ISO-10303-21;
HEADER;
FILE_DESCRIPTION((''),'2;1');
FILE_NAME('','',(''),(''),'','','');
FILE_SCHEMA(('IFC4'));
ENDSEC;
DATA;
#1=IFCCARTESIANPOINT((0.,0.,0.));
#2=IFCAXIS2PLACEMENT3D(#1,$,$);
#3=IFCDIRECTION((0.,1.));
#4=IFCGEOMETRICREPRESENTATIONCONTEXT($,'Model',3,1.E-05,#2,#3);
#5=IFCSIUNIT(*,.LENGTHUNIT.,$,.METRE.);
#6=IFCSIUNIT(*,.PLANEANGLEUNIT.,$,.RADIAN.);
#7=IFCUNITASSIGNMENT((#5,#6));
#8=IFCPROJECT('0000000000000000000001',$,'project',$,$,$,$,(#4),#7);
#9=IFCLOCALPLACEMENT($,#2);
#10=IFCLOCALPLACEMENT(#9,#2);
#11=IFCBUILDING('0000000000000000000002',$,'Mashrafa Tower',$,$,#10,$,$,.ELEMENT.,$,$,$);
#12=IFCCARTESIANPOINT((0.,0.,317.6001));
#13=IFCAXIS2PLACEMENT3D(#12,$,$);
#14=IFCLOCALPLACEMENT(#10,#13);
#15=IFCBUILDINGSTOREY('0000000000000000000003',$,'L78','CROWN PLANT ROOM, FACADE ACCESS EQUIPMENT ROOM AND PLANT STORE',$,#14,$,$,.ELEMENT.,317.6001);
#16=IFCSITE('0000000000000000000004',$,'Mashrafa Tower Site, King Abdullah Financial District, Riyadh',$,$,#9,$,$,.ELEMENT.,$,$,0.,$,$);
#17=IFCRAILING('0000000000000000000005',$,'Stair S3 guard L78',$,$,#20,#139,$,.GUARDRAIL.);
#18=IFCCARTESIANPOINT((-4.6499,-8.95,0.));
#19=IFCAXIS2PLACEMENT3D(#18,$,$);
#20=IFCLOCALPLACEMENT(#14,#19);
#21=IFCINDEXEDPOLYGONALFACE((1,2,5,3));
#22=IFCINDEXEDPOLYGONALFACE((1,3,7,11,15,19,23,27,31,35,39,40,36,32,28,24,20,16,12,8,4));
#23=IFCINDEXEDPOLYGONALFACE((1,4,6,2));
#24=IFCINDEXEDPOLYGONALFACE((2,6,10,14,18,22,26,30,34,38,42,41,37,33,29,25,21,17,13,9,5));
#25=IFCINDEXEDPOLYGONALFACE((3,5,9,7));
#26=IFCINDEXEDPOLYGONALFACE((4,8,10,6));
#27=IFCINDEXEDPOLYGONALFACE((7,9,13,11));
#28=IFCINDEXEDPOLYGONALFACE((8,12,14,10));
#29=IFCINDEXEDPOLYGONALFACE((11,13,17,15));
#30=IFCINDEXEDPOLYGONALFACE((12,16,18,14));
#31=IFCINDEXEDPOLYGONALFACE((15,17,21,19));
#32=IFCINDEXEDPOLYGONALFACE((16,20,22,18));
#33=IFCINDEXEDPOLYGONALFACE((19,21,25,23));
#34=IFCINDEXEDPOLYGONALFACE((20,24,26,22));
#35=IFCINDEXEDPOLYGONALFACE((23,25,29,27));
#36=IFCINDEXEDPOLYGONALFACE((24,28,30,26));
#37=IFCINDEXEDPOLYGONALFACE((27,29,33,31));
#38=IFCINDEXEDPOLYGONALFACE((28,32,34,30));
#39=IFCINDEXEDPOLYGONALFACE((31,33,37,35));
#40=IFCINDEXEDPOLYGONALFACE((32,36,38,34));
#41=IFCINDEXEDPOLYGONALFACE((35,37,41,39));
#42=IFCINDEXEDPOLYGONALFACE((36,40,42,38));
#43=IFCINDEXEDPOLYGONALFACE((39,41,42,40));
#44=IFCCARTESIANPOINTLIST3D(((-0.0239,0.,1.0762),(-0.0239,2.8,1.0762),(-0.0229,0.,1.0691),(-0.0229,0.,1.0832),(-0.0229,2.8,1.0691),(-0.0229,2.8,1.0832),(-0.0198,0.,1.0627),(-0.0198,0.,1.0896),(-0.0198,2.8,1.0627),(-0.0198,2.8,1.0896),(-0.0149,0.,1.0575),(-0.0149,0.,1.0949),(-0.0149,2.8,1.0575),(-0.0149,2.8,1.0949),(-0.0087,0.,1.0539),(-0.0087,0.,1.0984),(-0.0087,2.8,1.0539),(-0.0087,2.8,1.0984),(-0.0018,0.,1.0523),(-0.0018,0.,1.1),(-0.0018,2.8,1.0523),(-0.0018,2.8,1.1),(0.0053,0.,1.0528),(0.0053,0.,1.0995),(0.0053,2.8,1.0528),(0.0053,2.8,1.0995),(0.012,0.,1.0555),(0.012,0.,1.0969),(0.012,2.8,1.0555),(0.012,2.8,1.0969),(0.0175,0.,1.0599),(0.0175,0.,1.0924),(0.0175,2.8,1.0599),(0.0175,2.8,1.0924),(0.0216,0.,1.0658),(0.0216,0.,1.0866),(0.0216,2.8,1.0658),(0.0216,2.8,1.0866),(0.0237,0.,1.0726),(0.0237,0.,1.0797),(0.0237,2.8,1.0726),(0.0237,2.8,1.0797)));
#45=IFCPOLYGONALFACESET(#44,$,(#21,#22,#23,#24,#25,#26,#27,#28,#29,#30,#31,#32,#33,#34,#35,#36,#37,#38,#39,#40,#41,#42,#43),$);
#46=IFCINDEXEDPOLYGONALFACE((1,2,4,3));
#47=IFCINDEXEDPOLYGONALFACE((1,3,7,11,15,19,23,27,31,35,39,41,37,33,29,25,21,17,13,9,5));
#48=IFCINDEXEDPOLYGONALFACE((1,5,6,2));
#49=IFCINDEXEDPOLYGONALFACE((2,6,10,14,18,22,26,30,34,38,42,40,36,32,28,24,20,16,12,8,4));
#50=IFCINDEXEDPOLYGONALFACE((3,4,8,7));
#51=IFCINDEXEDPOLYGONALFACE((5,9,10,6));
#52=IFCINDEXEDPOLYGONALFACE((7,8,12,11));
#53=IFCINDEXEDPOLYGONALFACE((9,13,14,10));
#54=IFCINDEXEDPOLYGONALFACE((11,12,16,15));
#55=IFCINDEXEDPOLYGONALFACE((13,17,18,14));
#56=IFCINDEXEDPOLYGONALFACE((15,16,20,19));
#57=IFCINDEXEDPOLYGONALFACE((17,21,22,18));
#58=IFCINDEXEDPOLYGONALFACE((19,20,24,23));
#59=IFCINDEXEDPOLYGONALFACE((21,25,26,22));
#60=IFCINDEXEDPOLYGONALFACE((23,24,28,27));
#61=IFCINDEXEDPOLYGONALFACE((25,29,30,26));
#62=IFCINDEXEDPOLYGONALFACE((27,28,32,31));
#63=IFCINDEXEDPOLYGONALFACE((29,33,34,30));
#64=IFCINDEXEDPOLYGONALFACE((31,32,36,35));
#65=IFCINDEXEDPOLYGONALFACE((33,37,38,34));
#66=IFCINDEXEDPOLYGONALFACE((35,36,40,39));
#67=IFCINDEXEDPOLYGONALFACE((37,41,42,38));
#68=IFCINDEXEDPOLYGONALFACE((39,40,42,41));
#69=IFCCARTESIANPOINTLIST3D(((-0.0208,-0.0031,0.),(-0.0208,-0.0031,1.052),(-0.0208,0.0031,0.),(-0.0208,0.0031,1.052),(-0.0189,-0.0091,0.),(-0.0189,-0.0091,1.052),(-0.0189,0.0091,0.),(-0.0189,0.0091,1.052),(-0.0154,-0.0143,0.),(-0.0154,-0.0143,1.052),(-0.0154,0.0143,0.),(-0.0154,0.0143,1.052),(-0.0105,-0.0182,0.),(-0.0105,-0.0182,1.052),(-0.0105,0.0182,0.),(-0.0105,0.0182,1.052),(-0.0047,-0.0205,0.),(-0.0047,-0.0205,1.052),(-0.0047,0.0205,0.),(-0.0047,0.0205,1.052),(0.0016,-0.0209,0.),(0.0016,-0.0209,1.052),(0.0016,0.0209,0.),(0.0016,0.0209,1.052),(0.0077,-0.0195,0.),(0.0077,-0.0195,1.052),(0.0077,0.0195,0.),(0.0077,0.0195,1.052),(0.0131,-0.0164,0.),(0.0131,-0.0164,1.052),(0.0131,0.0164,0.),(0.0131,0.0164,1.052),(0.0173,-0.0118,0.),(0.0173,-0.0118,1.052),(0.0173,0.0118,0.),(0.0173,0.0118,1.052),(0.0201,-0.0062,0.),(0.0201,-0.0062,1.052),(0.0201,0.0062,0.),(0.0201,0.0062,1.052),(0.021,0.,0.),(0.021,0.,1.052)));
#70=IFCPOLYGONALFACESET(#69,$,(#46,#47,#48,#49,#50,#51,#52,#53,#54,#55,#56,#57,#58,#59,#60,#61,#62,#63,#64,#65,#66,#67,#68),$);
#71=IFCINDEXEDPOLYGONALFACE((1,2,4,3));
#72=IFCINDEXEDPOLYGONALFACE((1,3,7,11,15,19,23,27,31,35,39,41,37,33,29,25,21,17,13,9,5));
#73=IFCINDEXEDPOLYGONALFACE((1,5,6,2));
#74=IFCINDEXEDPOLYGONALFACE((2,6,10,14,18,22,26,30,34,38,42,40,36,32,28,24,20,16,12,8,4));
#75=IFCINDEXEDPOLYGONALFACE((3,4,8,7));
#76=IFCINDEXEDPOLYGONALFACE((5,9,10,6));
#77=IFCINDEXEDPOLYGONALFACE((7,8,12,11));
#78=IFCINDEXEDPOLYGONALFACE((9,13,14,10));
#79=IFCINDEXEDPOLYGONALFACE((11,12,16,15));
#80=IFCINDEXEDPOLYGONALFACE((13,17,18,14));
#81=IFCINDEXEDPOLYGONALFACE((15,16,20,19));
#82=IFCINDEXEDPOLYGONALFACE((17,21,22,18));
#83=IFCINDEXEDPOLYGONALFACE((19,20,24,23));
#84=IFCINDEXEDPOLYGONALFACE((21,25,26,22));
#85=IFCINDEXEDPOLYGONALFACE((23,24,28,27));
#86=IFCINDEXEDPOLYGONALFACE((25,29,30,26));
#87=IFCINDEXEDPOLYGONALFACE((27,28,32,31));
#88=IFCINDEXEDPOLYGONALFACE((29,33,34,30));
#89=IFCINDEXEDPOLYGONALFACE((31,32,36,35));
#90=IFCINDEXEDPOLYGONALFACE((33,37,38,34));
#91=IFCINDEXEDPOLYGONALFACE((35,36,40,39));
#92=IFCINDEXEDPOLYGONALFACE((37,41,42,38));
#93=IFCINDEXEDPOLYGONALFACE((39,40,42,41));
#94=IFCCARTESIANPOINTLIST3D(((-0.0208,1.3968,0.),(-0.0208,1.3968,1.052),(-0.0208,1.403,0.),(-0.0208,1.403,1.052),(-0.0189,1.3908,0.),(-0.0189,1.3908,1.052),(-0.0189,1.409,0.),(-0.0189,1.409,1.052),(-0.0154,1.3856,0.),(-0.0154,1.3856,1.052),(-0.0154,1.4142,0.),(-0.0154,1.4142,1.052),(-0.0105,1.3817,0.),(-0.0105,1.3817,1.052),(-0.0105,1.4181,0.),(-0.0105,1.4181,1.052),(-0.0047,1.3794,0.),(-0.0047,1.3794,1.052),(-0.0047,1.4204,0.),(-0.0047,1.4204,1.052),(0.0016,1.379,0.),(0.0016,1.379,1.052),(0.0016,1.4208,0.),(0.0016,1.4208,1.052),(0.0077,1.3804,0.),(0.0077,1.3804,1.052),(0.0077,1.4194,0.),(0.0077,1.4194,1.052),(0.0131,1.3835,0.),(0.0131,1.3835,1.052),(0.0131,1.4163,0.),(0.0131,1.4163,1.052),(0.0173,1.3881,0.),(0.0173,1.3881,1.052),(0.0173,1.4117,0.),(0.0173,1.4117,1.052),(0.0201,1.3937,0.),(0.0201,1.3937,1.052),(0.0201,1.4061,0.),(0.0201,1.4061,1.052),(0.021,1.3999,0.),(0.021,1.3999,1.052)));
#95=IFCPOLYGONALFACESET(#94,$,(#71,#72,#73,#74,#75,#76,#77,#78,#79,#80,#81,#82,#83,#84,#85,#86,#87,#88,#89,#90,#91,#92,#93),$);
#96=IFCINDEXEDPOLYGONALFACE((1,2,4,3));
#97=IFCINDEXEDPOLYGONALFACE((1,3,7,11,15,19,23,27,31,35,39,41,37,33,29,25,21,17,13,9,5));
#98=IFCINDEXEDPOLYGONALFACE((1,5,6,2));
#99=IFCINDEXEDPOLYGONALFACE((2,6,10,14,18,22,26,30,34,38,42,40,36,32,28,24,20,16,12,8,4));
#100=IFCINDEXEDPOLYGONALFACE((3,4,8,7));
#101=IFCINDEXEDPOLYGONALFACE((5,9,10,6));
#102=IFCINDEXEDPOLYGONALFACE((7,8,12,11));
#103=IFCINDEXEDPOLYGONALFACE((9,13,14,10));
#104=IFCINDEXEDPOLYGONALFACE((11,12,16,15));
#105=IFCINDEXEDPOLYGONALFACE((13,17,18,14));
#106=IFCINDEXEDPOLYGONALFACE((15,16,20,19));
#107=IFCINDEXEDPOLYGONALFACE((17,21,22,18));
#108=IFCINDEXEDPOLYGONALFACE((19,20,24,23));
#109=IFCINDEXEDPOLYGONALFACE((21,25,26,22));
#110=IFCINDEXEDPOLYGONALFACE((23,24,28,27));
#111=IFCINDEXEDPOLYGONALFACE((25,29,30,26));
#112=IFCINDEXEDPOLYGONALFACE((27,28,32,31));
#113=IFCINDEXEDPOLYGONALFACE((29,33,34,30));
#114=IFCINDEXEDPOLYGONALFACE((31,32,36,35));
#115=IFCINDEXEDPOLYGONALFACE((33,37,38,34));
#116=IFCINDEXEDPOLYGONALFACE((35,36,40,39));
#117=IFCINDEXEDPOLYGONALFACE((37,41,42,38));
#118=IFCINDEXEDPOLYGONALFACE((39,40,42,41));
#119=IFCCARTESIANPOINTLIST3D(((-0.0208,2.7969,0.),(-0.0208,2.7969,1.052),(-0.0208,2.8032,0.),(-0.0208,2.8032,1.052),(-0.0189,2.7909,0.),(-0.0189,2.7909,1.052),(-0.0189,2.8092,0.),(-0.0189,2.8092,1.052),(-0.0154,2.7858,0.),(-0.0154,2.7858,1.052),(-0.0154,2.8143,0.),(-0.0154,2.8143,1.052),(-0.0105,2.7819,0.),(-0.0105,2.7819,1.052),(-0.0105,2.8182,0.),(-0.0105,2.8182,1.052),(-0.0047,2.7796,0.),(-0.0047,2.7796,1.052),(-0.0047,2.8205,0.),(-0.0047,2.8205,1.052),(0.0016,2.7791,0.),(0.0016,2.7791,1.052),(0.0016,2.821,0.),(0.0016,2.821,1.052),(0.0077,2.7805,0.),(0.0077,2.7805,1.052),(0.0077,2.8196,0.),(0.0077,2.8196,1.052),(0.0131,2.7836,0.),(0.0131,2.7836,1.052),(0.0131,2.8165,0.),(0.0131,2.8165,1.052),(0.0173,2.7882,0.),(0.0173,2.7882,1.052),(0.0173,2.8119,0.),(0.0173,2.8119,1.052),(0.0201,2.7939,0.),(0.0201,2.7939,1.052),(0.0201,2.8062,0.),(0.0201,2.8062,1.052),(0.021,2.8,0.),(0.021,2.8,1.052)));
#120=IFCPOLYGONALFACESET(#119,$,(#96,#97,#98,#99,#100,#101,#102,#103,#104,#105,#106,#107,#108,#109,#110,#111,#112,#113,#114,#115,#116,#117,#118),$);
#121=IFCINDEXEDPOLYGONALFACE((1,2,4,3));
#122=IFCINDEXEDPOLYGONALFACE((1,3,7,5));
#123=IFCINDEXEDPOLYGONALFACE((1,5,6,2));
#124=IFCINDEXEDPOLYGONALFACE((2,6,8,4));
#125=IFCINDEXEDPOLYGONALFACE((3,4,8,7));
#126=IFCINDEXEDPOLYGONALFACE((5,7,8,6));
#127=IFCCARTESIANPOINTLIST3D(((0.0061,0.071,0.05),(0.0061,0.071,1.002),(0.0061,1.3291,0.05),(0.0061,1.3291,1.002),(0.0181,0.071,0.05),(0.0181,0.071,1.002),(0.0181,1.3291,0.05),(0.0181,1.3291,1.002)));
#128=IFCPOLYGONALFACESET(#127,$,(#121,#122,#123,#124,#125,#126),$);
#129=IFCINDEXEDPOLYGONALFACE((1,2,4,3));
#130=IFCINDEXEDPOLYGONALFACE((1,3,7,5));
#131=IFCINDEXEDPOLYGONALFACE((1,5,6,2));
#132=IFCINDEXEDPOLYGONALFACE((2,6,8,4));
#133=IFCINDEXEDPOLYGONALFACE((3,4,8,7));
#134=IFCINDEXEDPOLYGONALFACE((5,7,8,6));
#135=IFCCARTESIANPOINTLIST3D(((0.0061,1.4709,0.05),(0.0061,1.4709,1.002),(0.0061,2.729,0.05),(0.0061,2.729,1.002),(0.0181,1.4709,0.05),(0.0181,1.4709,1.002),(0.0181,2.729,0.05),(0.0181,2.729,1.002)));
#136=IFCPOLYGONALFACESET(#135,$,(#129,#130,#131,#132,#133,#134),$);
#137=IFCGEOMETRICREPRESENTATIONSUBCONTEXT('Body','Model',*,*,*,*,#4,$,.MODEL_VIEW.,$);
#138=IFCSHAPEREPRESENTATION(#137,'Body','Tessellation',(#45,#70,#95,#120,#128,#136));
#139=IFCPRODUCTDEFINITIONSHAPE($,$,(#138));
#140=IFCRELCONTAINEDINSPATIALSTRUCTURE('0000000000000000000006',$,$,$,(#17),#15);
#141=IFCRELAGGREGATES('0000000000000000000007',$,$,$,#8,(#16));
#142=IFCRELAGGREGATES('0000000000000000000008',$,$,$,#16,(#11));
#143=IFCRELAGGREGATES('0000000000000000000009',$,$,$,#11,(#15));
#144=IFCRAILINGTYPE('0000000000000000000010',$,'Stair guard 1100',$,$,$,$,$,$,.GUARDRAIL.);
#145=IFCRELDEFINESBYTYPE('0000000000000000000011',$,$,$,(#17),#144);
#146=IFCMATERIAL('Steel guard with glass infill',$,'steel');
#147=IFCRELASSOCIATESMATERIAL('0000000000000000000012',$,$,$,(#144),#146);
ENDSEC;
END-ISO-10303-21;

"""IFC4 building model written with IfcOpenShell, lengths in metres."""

from ifc_helpers import new_model, si_unit, direction, frame, origin, origin_2d, place, context, subcontext, project, spatial, polyline, circle, outline, extrude, material, type_object, element, save


model = new_model("IFC4")

# Units and contexts
model_context = context("Model", 3, precision=1e-05, world=origin(), true_north=direction((0.0, 1.0)))
body_context = subcontext(model_context, "Body", "Model", "MODEL_VIEW")
ifc_project = project(units=[si_unit("LENGTHUNIT", "METRE"), si_unit("PLANEANGLEUNIT", "RADIAN")], contexts=[model_context])

# Site, building, storey
site_placement = place(None, origin())
site = spatial("IfcSite", under=ifc_project, at=site_placement, Name="Mashrafa Tower Site, King Abdullah Financial District, Riyadh", CompositionType="ELEMENT", RefElevation=0.0)
building_placement = place(site_placement, origin())
building = spatial("IfcBuilding", under=site, at=building_placement, Name="Mashrafa Tower", CompositionType="ELEMENT")
storey_placement = place(building_placement, frame((0.0, 0.0, 317.6001)))
storey = spatial("IfcBuildingStorey", under=building, at=storey_placement, Name="L78", Description="CROWN PLANT ROOM, FACADE ACCESS EQUIPMENT ROOM AND PLANT STORE", CompositionType="ELEMENT", Elevation=317.6001)

# Railing
ifc_material_1 = material(Name="Steel guard with glass infill", Category="steel")
railing_type = type_object("IfcRailingType", Name="Stair guard 1100", PredefinedType="GUARDRAIL", material=ifc_material_1)
railing_placement = place(storey_placement, frame((-4.6499, -8.95, 0.0)))
element("IfcRailing", 1, at=railing_placement, inside=storey, type_object=railing_type, Name="Stair S3 guard L78", PredefinedType="GUARDRAIL", context=body_context, shape_type="SweptSolid", body=[
    extrude(circle(Radius=0.0239, at=origin_2d()), frame((0.0, 0.0, 1.0762), z_axis=(0.0, 1.0, 0.0), x_axis=(-1.0, 0.0, 0.0)), (0.0, 0.0, 1.0), 2.8),
    extrude(circle(Radius=0.021, at=origin_2d()), origin(), (0.0, 0.0, 1.0), 1.052),
    extrude(circle(Radius=0.021, at=origin_2d()), frame((0.0, 1.3999, 0.0)), (0.0, 0.0, 1.0), 1.052),
    extrude(circle(Radius=0.021, at=origin_2d()), frame((0.0, 2.8, 0.0)), (0.0, 0.0, 1.0), 1.052),
    extrude(outline(polyline([(0.071, 0.05), (1.3291, 0.05), (1.3291, 1.002), (0.071, 1.002), (0.071, 0.05)])), frame((0.0061, 0.0, 0.0), z_axis=(1.0, 0.0, 0.0), x_axis=(0.0, 1.0, 0.0)), (0.0, 0.0, 1.0), 0.012),
    extrude(outline(polyline([(1.4709, 0.05), (2.729, 0.05), (2.729, 1.002), (1.4709, 1.002), (1.4709, 0.05)])), frame((0.0061, 0.0, 0.0), z_axis=(1.0, 0.0, 0.0), x_axis=(0.0, 1.0, 0.0)), (0.0, 0.0, 1.0), 0.012),
])

save(model, "model.ifc")
